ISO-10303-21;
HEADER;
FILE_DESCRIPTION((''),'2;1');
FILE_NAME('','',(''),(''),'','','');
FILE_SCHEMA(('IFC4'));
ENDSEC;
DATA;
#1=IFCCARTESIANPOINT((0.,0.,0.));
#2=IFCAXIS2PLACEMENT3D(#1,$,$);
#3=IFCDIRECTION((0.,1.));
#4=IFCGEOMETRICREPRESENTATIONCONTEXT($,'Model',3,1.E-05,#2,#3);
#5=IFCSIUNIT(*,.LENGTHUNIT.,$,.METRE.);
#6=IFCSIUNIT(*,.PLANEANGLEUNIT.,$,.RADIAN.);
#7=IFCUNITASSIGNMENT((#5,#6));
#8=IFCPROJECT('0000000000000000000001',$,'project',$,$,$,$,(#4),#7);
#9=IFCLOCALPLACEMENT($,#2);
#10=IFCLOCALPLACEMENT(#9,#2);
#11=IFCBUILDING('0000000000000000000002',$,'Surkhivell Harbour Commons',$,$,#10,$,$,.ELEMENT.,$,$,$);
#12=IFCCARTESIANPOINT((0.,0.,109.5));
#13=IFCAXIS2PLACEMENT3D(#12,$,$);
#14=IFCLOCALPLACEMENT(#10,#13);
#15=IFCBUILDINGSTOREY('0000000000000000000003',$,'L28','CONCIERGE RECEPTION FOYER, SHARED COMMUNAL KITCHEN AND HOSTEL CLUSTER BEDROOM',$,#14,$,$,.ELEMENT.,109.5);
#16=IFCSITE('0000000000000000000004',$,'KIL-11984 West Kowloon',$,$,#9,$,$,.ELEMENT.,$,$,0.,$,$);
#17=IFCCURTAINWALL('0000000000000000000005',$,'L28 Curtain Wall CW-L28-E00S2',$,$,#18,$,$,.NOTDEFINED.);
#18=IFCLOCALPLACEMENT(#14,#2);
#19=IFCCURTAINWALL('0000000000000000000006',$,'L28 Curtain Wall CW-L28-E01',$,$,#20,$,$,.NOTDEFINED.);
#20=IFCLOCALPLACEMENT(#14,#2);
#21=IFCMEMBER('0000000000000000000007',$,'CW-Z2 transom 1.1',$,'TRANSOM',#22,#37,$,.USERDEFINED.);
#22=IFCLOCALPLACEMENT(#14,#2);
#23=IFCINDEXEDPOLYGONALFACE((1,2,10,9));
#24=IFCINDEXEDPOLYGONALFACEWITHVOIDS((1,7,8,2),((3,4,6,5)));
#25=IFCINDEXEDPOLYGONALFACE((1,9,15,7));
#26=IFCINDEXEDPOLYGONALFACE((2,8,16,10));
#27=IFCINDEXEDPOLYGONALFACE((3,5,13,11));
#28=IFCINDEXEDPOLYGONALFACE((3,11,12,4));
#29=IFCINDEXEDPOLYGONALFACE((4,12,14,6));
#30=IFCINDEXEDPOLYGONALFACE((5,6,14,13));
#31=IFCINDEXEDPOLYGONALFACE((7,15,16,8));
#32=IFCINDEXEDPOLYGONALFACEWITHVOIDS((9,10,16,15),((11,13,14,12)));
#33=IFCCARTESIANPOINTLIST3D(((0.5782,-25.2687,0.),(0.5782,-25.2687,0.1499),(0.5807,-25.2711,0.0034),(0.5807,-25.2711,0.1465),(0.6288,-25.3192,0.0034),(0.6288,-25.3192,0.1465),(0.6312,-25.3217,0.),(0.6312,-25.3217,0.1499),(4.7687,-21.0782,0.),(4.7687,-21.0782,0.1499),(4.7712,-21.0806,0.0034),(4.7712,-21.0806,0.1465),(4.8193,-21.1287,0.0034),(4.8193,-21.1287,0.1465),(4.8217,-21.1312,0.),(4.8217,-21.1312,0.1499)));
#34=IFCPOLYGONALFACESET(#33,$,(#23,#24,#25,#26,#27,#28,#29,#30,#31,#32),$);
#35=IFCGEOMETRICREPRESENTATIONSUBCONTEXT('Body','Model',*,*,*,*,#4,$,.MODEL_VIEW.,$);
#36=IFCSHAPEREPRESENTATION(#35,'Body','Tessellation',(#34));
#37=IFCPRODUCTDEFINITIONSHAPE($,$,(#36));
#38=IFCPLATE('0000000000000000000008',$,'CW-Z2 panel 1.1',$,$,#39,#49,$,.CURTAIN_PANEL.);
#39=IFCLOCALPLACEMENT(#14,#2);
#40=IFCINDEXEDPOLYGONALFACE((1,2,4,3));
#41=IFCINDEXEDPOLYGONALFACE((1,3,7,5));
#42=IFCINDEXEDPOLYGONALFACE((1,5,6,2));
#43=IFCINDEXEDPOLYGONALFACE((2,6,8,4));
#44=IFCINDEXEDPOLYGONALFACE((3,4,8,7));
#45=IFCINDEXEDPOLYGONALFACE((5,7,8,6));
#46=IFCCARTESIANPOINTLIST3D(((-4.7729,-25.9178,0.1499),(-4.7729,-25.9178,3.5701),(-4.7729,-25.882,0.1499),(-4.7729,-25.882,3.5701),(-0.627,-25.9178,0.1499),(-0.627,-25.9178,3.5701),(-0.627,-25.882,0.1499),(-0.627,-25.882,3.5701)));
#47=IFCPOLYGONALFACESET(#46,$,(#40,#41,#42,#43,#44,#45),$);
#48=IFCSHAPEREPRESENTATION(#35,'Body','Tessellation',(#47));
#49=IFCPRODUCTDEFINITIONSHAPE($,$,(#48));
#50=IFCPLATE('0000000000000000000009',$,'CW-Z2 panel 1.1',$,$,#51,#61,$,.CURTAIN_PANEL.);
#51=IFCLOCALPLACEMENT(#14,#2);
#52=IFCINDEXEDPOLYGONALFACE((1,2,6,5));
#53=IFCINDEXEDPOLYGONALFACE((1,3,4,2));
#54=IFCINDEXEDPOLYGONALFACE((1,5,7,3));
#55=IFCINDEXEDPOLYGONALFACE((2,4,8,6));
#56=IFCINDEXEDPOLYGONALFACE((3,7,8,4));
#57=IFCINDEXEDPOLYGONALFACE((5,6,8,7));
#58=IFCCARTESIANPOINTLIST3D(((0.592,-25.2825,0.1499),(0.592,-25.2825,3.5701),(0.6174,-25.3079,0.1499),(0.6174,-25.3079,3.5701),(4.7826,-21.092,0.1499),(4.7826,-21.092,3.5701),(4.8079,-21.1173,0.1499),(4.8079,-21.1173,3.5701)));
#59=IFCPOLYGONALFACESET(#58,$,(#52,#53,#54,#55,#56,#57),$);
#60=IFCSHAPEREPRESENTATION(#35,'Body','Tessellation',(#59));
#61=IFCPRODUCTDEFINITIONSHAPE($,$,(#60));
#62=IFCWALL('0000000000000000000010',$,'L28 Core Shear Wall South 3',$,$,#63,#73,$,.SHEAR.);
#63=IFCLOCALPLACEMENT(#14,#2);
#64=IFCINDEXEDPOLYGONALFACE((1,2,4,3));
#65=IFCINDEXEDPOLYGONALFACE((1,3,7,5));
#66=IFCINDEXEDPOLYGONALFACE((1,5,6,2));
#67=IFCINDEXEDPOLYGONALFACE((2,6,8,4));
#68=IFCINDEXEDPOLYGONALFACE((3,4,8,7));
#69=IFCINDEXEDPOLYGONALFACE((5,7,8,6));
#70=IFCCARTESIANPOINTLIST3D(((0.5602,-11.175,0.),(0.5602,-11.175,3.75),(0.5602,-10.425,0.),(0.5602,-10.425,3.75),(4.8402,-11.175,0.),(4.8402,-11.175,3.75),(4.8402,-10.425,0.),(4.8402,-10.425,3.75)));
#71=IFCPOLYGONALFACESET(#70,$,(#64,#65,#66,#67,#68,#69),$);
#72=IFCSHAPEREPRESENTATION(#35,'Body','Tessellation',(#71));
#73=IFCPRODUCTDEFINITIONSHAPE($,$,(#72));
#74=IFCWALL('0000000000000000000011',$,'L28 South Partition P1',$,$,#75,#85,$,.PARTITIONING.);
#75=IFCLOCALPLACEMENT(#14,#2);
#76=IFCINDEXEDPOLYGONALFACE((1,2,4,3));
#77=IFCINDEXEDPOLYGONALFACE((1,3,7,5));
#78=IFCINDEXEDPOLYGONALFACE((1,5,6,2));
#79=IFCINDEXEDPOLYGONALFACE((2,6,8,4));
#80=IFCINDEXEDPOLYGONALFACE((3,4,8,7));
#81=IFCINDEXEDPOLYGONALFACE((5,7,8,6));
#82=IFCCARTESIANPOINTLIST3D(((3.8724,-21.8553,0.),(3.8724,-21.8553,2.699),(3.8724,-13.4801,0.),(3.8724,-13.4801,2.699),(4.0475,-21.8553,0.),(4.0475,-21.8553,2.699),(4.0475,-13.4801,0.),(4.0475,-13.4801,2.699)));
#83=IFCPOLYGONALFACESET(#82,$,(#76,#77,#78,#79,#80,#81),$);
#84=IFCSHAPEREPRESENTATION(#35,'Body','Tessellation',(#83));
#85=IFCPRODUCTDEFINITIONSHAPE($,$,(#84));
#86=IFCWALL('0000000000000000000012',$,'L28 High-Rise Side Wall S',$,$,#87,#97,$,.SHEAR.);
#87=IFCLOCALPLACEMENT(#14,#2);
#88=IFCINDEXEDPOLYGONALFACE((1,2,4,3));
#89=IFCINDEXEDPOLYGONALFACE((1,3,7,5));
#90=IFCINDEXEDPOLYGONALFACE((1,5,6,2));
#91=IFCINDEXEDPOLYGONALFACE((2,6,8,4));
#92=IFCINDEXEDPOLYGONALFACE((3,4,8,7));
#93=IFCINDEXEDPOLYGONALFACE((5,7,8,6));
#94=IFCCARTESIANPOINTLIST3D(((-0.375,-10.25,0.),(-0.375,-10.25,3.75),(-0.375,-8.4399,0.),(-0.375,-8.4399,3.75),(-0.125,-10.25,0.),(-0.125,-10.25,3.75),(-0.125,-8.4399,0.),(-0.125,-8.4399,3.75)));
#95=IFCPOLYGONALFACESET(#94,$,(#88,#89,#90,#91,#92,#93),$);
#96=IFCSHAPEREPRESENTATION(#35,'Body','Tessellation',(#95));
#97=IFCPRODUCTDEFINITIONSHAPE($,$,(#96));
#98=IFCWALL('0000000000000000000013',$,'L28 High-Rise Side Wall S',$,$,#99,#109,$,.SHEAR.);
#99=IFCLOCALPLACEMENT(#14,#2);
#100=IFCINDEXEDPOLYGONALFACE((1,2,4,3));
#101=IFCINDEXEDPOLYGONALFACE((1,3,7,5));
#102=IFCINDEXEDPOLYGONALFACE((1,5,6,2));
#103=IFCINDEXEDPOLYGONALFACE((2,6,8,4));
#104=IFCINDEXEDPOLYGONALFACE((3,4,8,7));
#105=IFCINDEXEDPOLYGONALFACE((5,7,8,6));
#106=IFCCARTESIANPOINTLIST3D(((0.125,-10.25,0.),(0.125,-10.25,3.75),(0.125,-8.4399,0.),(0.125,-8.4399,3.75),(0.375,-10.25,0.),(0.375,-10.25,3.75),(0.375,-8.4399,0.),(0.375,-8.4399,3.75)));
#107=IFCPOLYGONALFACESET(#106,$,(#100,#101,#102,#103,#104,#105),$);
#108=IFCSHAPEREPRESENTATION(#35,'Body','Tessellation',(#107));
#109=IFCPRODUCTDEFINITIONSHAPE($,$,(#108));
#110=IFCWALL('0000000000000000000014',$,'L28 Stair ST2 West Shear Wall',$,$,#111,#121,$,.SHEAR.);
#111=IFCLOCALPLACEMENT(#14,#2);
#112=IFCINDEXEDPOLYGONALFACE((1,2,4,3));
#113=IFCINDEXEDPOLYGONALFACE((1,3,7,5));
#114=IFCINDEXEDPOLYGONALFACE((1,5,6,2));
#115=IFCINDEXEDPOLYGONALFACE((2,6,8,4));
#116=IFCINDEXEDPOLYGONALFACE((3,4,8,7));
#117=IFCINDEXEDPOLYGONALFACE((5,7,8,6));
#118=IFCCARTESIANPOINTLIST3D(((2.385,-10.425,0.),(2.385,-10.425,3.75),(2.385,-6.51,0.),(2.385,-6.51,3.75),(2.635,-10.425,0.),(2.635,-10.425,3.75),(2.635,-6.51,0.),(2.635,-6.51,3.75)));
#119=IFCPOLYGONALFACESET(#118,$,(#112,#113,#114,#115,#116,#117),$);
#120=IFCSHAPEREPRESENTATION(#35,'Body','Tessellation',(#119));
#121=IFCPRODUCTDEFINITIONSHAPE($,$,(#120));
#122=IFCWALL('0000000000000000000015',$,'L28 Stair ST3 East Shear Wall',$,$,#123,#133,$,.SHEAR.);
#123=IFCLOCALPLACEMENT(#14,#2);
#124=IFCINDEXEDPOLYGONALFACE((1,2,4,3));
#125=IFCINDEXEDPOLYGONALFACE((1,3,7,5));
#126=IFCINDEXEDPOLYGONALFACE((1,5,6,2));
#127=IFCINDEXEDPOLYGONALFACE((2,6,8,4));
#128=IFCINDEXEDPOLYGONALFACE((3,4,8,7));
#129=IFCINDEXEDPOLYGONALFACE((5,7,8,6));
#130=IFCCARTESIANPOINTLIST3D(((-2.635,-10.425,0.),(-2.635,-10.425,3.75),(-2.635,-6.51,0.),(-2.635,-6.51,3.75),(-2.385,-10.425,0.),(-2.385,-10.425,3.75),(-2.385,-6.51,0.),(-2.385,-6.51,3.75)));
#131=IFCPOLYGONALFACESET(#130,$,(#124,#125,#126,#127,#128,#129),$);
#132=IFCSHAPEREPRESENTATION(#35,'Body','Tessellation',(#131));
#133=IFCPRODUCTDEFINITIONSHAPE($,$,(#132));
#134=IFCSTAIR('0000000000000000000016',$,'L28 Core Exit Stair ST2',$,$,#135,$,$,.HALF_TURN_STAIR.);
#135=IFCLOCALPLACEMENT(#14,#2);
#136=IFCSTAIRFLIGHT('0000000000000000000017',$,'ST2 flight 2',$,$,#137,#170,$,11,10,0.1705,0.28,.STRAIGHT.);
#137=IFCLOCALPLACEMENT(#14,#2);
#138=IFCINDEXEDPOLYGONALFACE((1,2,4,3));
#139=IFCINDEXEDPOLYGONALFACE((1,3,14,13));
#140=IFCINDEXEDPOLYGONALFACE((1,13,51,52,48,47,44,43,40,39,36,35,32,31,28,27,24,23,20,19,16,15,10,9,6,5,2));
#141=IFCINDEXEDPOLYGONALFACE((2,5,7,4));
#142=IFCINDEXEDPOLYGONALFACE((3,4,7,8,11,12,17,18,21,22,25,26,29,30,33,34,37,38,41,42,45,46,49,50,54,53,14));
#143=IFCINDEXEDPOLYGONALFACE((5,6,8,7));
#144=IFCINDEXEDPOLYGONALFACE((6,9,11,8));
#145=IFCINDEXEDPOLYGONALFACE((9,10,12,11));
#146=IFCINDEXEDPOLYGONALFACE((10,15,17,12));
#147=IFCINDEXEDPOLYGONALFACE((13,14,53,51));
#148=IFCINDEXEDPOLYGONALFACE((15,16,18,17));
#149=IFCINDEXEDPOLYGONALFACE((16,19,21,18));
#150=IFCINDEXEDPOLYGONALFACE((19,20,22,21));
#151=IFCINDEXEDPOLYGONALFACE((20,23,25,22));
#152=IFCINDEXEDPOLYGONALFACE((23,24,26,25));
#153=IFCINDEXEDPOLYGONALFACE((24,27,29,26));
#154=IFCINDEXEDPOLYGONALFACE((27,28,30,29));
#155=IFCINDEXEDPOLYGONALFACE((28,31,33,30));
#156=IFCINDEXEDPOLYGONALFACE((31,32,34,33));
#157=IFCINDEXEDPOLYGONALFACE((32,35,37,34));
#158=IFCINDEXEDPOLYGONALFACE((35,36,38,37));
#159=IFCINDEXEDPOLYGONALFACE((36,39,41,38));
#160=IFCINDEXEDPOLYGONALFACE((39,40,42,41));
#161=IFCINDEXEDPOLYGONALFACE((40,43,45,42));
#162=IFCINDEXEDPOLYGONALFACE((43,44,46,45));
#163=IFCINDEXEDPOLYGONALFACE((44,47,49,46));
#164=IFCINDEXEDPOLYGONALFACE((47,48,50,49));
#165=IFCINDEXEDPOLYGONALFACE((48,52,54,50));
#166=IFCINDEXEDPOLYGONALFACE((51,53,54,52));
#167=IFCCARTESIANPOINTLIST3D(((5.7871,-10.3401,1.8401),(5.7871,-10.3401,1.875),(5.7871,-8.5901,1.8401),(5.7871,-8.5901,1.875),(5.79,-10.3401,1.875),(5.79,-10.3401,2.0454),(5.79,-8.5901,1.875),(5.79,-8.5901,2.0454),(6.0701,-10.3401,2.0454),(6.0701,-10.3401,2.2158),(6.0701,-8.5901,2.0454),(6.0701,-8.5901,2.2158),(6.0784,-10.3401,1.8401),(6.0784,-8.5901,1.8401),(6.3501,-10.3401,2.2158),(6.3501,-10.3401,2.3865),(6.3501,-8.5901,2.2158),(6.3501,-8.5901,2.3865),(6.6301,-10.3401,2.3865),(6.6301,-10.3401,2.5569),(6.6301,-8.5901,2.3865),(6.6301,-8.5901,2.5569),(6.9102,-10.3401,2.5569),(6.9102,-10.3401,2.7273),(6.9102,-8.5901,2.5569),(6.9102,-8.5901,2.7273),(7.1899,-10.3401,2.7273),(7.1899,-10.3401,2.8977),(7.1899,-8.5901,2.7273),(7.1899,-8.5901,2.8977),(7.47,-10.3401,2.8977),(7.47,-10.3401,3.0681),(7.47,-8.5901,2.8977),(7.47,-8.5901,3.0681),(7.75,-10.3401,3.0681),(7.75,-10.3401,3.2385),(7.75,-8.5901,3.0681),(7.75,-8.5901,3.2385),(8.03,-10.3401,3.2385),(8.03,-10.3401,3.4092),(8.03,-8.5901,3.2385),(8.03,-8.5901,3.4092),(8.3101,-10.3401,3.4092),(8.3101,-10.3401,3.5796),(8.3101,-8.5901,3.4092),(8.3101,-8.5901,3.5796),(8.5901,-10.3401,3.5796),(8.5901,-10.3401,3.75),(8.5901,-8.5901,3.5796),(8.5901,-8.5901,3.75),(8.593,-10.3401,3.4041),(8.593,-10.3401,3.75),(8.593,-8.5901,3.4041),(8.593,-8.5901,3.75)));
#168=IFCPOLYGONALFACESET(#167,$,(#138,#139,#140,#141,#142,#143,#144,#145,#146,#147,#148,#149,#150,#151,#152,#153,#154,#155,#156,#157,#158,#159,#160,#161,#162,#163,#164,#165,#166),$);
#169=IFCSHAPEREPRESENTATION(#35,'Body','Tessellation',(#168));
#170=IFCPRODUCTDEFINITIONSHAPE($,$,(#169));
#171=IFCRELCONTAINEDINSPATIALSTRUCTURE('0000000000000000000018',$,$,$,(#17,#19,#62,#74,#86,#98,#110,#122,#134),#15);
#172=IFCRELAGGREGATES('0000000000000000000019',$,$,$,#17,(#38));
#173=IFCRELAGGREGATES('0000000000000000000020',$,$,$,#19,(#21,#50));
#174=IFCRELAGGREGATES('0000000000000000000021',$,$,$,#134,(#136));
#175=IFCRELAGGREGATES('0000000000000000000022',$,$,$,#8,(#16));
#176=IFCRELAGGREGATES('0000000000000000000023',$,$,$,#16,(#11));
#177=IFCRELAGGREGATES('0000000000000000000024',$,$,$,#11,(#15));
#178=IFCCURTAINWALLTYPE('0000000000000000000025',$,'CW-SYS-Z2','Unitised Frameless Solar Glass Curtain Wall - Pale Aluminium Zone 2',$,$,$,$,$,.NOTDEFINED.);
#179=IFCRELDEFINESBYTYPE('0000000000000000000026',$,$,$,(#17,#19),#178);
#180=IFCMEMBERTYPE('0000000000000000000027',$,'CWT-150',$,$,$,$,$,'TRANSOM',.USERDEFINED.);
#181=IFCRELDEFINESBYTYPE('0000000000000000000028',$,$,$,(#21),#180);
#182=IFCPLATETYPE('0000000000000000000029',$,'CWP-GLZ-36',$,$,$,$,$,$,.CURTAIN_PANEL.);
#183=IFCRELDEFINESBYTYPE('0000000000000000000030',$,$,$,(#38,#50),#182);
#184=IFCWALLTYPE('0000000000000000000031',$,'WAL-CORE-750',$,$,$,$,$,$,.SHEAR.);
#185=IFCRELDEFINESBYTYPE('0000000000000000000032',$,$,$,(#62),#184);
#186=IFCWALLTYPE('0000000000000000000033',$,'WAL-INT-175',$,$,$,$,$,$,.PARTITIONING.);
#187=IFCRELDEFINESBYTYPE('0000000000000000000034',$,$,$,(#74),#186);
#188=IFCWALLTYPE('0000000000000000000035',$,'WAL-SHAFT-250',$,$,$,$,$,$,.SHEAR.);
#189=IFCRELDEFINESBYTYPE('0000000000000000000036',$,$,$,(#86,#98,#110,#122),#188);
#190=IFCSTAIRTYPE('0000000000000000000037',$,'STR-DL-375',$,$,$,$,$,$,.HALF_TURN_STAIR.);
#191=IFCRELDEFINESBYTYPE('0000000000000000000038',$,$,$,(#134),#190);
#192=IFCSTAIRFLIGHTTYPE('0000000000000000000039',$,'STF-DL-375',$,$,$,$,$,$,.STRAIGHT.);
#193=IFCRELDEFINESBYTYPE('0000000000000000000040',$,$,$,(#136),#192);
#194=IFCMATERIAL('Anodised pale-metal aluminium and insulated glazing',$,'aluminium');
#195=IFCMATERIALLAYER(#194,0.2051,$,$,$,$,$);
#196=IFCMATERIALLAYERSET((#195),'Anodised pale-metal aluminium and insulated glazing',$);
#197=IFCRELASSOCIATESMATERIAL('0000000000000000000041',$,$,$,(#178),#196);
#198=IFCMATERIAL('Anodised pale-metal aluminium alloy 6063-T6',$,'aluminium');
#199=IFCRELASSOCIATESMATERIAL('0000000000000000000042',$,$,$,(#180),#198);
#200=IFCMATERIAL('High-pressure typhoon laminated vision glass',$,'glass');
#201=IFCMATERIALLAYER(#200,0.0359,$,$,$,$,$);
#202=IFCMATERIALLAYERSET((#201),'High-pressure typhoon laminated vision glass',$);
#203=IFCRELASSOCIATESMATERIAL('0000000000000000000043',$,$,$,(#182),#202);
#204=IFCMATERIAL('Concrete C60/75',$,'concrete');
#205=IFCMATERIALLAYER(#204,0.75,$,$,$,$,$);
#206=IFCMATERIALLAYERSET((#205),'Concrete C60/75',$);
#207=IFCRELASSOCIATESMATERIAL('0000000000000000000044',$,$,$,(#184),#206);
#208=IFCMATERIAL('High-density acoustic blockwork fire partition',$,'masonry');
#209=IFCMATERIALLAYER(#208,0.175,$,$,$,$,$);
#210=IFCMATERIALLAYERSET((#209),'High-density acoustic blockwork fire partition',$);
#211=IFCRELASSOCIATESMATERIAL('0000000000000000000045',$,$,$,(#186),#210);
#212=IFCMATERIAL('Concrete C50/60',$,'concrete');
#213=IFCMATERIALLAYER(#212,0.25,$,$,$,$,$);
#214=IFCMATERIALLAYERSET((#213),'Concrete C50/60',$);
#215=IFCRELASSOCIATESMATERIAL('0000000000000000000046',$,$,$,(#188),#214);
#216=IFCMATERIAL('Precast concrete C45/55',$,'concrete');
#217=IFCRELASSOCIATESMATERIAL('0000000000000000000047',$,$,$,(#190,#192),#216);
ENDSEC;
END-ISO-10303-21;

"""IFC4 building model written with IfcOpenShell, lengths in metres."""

from ifc_helpers import new_model, si_unit, direction, frame, frame_2d, origin, origin_2d, place, context, subcontext, project, spatial, polyline, rectangle, hollow_rectangle, outline, extrude, material, layer, layer_set, material_profile, profile_set, type_object, element, aggregate, save


model = new_model("IFC4")

# Units and contexts
model_context = context("Model", 3, precision=1e-05, world=origin(), true_north=direction((0.0, 1.0)))
body_context = subcontext(model_context, "Body", "Model", "MODEL_VIEW")
ifc_project = project(units=[si_unit("LENGTHUNIT", "METRE"), si_unit("PLANEANGLEUNIT", "RADIAN")], contexts=[model_context])

# Site, building, storey
site_placement = place(None, origin())
site = spatial("IfcSite", under=ifc_project, at=site_placement, Name="KIL-11984 West Kowloon", CompositionType="ELEMENT", RefElevation=0.0)
building_placement = place(site_placement, origin())
building = spatial("IfcBuilding", under=site, at=building_placement, Name="Surkhivell Harbour Commons", CompositionType="ELEMENT")
storey_placement = place(building_placement, frame((0.0, 0.0, 109.5)))
storey = spatial("IfcBuildingStorey", under=building, at=storey_placement, Name="L28", Description="CONCIERGE RECEPTION FOYER, SHARED COMMUNAL KITCHEN AND HOSTEL CLUSTER BEDROOM", CompositionType="ELEMENT", Elevation=109.5)

# Shared definitions
ifc_material_1 = material(Name="Concrete C60/75", Category="concrete")

# Curtain wall
ifc_material_2 = material(Name="Anodised pale-metal aluminium and insulated glazing", Category="aluminium")
ifc_layer_1 = layer(ifc_material_2, 0.2051)
ifc_layer_set_1 = layer_set([ifc_layer_1], Name="Anodised pale-metal aluminium and insulated glazing")
curtain_wall_type = type_object("IfcCurtainWallType", Name="CW-SYS-Z2", Description="Unitised Frameless Solar Glass Curtain Wall - Pale Aluminium Zone 2", PredefinedType="NOTDEFINED", material=ifc_layer_set_1)
curtain_wall_1_placement = place(storey_placement, origin())
curtain_wall_1 = element("IfcCurtainWall", 1, at=curtain_wall_1_placement, inside=storey, type_object=curtain_wall_type, Name="L28 Curtain Wall CW-L28-E00S2", PredefinedType="NOTDEFINED")
ifc_material_3 = material(Name="Anodised pale-metal aluminium alloy 6063-T6", Category="aluminium")

# Curtain wall
curtain_wall_2_placement = place(storey_placement, origin())
curtain_wall_2 = element("IfcCurtainWall", 2, at=curtain_wall_2_placement, inside=storey, type_object=curtain_wall_type, Name="L28 Curtain Wall CW-L28-E01", PredefinedType="NOTDEFINED")

# Member
ifc_material_profile_1 = material_profile(ifc_material_3, hollow_rectangle(XDim=0.075, YDim=0.1499, WallThickness=0.0034, at=origin_2d()), Name="ALU-TRAN-75x150")
ifc_profile_set_1 = profile_set([ifc_material_profile_1], Name="Anodised pale-metal aluminium alloy 6063-T6")
member_type_1 = type_object("IfcMemberType", Name="CWT-150", ElementType="TRANSOM", PredefinedType="USERDEFINED", material=ifc_profile_set_1)
member_1_placement = place(storey_placement, frame((0.6047, -25.2952, 0.075), z_axis=(0.707107, 0.707107, 0.0), x_axis=(-0.707107, 0.707107, 0.0)))
member_1 = element("IfcMember", 3, at=member_1_placement, type_object=member_type_1, Name="CW-Z2 transom 1.1", ObjectType="TRANSOM", PredefinedType="USERDEFINED", context=body_context, shape_type="SweptSolid", body=[
    extrude(hollow_rectangle(XDim=0.075, YDim=0.1499, WallThickness=0.0034, at=origin_2d()), origin(), (0.0, 0.0, 1.0), 5.9263),
])

# Plates
ifc_material_4 = material(Name="High-pressure typhoon laminated vision glass", Category="glass")
ifc_layer_2 = layer(ifc_material_4, 0.0359)
ifc_layer_set_2 = layer_set([ifc_layer_2], Name="High-pressure typhoon laminated vision glass")
plate_type = type_object("IfcPlateType", Name="CWP-GLZ-36", PredefinedType="CURTAIN_PANEL", material=ifc_layer_set_2)
plate_1_placement = place(storey_placement, frame((-4.7729, -25.8999, 0.1499), z_axis=(0.0, 0.0, 1.0), x_axis=(1.0, 0.0, 0.0)))
plate_1 = element("IfcPlate", 4, at=plate_1_placement, type_object=plate_type, Name="CW-Z2 panel 1.1", PredefinedType="CURTAIN_PANEL", context=body_context, shape_type="SweptSolid", body=[
    extrude(rectangle(XDim=4.146, YDim=0.0359, at=frame_2d((2.073, 0.0))), origin(), (0.0, 0.0, 1.0), 3.4202),
])
aggregate(curtain_wall_1, [plate_1])
plate_2_placement = place(storey_placement, frame((0.6047, -25.2952, 0.1499), z_axis=(0.0, 0.0, 1.0), x_axis=(0.707107, 0.707107, 0.0)))
plate_2 = element("IfcPlate", 5, at=plate_2_placement, type_object=plate_type, Name="CW-Z2 panel 1.1", PredefinedType="CURTAIN_PANEL", context=body_context, shape_type="SweptSolid", body=[
    extrude(rectangle(XDim=5.9263, YDim=0.0359, at=frame_2d((2.9631, 0.0))), origin(), (0.0, 0.0, 1.0), 3.4202),
])
aggregate(curtain_wall_2, [member_1, plate_2])

# Walls
ifc_layer_3 = layer(ifc_material_1, 0.75)
ifc_layer_set_3 = layer_set([ifc_layer_3], Name="Concrete C60/75")
wall_type_1 = type_object("IfcWallType", Name="WAL-CORE-750", PredefinedType="SHEAR", material=ifc_layer_set_3)
wall_1_placement = place(storey_placement, frame((0.5601, -10.8, 0.0), z_axis=(0.0, 0.0, 1.0), x_axis=(1.0, 0.0, 0.0)))
element("IfcWall", 6, at=wall_1_placement, inside=storey, type_object=wall_type_1, Name="L28 Core Shear Wall South 3", PredefinedType="SHEAR", context=body_context, shape_type="SweptSolid", body=[
    extrude(rectangle(XDim=4.28, YDim=0.75, at=frame_2d((2.1401, 0.0))), origin(), (0.0, 0.0, 1.0), 3.75),
])
ifc_material_5 = material(Name="High-density acoustic blockwork fire partition", Category="masonry")
ifc_layer_4 = layer(ifc_material_5, 0.175)
ifc_layer_set_4 = layer_set([ifc_layer_4], Name="High-density acoustic blockwork fire partition")
wall_type_2 = type_object("IfcWallType", Name="WAL-INT-175", PredefinedType="PARTITIONING", material=ifc_layer_set_4)
wall_2_placement = place(storey_placement, frame((3.96, -21.8552, 0.0), z_axis=(0.0, 0.0, 1.0), x_axis=(0.0, 1.0, 0.0)))
element("IfcWall", 7, at=wall_2_placement, inside=storey, type_object=wall_type_2, Name="L28 South Partition P1", PredefinedType="PARTITIONING", context=body_context, shape_type="SweptSolid", body=[
    extrude(rectangle(XDim=8.3752, YDim=0.175, at=frame_2d((4.1875, 0.0))), origin(), (0.0, 0.0, 1.0), 2.699),
])
ifc_material_6 = material(Name="Concrete C50/60", Category="concrete")
ifc_layer_5 = layer(ifc_material_6, 0.25)
ifc_layer_set_5 = layer_set([ifc_layer_5], Name="Concrete C50/60")
wall_type_3 = type_object("IfcWallType", Name="WAL-SHAFT-250", PredefinedType="SHEAR", material=ifc_layer_set_5)
for number, where, z_axis, x_axis, name in (
    (8, (-0.25, -10.25, 0.0), (0.0, 0.0, 1.0), (0.0, 1.0, 0.0), "L28 High-Rise Side Wall S"),
    (9, (0.25, -10.25, 0.0), (0.0, 0.0, 1.0), (0.0, 1.0, 0.0), "L28 High-Rise Side Wall S"),
):
    element("IfcWall", number, at=place(storey_placement, frame(where, z_axis=z_axis, x_axis=x_axis)), inside=storey, type_object=wall_type_3, Name=name, PredefinedType="SHEAR", context=body_context, shape_type="SweptSolid", body=[
        extrude(rectangle(XDim=1.8101, YDim=0.25, at=frame_2d((0.905, 0.0))), origin(), (0.0, 0.0, 1.0), 3.75),
    ])
for number, where, z_axis, x_axis, name in (
    (10, (2.51, -10.425, 0.0), (0.0, 0.0, 1.0), (0.0, 1.0, 0.0), "L28 Stair ST2 West Shear Wall"),
    (11, (-2.51, -10.425, 0.0), (0.0, 0.0, 1.0), (0.0, 1.0, 0.0), "L28 Stair ST3 East Shear Wall"),
):
    element("IfcWall", number, at=place(storey_placement, frame(where, z_axis=z_axis, x_axis=x_axis)), inside=storey, type_object=wall_type_3, Name=name, PredefinedType="SHEAR", context=body_context, shape_type="SweptSolid", body=[
        extrude(rectangle(XDim=3.915, YDim=0.25, at=frame_2d((1.9575, 0.0))), origin(), (0.0, 0.0, 1.0), 3.75),
    ])

# Stair, stair flight
ifc_material_7 = material(Name="Precast concrete C45/55", Category="concrete")
stair_type = type_object("IfcStairType", Name="STR-DL-375", PredefinedType="HALF_TURN_STAIR", material=ifc_material_7)
stair_placement = place(storey_placement, origin())
stair = element("IfcStair", 12, at=stair_placement, inside=storey, type_object=stair_type, Name="L28 Core Exit Stair ST2", PredefinedType="HALF_TURN_STAIR")
stair_flight_type = type_object("IfcStairFlightType", Name="STF-DL-375", PredefinedType="STRAIGHT", material=ifc_material_7)
stair_flight_placement = place(storey_placement, frame((5.79, -9.4651, 1.875), z_axis=(0.0, 0.0, 1.0), x_axis=(1.0, 0.0, 0.0)))
stair_flight = element("IfcStairFlight", 13, at=stair_flight_placement, type_object=stair_flight_type, Name="ST2 flight 2", NumberOfRisers=11, NumberOfTreads=10, PredefinedType="STRAIGHT", RiserHeight=0.1705, TreadLength=0.28, context=body_context, shape_type="SweptSolid", body=[
    extrude(outline(polyline([(-0.0029, -0.0349), (-0.0029, 0.0), (0.0, 0.0), (0.0, 0.1704), (0.28, 0.1704), (0.28, 0.3408), (0.5601, 0.3408), (0.5601, 0.5115), (0.8401, 0.5115), (0.8401, 0.6819), (1.1201, 0.6819), (1.1201, 0.8523), (1.3999, 0.8523), (1.3999, 1.0227), (1.6799, 1.0227), (1.6799, 1.1931), (1.96, 1.1931), (1.96, 1.3635), (2.24, 1.3635), (2.24, 1.5342), (2.52, 1.5342), (2.52, 1.7046), (2.8, 1.7046), (2.8, 1.875), (2.803, 1.875), (2.803, 1.5291), (0.2883, -0.0349), (-0.0029, -0.0349)])), frame((0.0, 0.875, 0.0), z_axis=(0.0, -1.0, 0.0), x_axis=(1.0, 0.0, 0.0)), (0.0, 0.0, 1.0), 1.75),
])
aggregate(stair, [stair_flight])

save(model, "model.ifc")
